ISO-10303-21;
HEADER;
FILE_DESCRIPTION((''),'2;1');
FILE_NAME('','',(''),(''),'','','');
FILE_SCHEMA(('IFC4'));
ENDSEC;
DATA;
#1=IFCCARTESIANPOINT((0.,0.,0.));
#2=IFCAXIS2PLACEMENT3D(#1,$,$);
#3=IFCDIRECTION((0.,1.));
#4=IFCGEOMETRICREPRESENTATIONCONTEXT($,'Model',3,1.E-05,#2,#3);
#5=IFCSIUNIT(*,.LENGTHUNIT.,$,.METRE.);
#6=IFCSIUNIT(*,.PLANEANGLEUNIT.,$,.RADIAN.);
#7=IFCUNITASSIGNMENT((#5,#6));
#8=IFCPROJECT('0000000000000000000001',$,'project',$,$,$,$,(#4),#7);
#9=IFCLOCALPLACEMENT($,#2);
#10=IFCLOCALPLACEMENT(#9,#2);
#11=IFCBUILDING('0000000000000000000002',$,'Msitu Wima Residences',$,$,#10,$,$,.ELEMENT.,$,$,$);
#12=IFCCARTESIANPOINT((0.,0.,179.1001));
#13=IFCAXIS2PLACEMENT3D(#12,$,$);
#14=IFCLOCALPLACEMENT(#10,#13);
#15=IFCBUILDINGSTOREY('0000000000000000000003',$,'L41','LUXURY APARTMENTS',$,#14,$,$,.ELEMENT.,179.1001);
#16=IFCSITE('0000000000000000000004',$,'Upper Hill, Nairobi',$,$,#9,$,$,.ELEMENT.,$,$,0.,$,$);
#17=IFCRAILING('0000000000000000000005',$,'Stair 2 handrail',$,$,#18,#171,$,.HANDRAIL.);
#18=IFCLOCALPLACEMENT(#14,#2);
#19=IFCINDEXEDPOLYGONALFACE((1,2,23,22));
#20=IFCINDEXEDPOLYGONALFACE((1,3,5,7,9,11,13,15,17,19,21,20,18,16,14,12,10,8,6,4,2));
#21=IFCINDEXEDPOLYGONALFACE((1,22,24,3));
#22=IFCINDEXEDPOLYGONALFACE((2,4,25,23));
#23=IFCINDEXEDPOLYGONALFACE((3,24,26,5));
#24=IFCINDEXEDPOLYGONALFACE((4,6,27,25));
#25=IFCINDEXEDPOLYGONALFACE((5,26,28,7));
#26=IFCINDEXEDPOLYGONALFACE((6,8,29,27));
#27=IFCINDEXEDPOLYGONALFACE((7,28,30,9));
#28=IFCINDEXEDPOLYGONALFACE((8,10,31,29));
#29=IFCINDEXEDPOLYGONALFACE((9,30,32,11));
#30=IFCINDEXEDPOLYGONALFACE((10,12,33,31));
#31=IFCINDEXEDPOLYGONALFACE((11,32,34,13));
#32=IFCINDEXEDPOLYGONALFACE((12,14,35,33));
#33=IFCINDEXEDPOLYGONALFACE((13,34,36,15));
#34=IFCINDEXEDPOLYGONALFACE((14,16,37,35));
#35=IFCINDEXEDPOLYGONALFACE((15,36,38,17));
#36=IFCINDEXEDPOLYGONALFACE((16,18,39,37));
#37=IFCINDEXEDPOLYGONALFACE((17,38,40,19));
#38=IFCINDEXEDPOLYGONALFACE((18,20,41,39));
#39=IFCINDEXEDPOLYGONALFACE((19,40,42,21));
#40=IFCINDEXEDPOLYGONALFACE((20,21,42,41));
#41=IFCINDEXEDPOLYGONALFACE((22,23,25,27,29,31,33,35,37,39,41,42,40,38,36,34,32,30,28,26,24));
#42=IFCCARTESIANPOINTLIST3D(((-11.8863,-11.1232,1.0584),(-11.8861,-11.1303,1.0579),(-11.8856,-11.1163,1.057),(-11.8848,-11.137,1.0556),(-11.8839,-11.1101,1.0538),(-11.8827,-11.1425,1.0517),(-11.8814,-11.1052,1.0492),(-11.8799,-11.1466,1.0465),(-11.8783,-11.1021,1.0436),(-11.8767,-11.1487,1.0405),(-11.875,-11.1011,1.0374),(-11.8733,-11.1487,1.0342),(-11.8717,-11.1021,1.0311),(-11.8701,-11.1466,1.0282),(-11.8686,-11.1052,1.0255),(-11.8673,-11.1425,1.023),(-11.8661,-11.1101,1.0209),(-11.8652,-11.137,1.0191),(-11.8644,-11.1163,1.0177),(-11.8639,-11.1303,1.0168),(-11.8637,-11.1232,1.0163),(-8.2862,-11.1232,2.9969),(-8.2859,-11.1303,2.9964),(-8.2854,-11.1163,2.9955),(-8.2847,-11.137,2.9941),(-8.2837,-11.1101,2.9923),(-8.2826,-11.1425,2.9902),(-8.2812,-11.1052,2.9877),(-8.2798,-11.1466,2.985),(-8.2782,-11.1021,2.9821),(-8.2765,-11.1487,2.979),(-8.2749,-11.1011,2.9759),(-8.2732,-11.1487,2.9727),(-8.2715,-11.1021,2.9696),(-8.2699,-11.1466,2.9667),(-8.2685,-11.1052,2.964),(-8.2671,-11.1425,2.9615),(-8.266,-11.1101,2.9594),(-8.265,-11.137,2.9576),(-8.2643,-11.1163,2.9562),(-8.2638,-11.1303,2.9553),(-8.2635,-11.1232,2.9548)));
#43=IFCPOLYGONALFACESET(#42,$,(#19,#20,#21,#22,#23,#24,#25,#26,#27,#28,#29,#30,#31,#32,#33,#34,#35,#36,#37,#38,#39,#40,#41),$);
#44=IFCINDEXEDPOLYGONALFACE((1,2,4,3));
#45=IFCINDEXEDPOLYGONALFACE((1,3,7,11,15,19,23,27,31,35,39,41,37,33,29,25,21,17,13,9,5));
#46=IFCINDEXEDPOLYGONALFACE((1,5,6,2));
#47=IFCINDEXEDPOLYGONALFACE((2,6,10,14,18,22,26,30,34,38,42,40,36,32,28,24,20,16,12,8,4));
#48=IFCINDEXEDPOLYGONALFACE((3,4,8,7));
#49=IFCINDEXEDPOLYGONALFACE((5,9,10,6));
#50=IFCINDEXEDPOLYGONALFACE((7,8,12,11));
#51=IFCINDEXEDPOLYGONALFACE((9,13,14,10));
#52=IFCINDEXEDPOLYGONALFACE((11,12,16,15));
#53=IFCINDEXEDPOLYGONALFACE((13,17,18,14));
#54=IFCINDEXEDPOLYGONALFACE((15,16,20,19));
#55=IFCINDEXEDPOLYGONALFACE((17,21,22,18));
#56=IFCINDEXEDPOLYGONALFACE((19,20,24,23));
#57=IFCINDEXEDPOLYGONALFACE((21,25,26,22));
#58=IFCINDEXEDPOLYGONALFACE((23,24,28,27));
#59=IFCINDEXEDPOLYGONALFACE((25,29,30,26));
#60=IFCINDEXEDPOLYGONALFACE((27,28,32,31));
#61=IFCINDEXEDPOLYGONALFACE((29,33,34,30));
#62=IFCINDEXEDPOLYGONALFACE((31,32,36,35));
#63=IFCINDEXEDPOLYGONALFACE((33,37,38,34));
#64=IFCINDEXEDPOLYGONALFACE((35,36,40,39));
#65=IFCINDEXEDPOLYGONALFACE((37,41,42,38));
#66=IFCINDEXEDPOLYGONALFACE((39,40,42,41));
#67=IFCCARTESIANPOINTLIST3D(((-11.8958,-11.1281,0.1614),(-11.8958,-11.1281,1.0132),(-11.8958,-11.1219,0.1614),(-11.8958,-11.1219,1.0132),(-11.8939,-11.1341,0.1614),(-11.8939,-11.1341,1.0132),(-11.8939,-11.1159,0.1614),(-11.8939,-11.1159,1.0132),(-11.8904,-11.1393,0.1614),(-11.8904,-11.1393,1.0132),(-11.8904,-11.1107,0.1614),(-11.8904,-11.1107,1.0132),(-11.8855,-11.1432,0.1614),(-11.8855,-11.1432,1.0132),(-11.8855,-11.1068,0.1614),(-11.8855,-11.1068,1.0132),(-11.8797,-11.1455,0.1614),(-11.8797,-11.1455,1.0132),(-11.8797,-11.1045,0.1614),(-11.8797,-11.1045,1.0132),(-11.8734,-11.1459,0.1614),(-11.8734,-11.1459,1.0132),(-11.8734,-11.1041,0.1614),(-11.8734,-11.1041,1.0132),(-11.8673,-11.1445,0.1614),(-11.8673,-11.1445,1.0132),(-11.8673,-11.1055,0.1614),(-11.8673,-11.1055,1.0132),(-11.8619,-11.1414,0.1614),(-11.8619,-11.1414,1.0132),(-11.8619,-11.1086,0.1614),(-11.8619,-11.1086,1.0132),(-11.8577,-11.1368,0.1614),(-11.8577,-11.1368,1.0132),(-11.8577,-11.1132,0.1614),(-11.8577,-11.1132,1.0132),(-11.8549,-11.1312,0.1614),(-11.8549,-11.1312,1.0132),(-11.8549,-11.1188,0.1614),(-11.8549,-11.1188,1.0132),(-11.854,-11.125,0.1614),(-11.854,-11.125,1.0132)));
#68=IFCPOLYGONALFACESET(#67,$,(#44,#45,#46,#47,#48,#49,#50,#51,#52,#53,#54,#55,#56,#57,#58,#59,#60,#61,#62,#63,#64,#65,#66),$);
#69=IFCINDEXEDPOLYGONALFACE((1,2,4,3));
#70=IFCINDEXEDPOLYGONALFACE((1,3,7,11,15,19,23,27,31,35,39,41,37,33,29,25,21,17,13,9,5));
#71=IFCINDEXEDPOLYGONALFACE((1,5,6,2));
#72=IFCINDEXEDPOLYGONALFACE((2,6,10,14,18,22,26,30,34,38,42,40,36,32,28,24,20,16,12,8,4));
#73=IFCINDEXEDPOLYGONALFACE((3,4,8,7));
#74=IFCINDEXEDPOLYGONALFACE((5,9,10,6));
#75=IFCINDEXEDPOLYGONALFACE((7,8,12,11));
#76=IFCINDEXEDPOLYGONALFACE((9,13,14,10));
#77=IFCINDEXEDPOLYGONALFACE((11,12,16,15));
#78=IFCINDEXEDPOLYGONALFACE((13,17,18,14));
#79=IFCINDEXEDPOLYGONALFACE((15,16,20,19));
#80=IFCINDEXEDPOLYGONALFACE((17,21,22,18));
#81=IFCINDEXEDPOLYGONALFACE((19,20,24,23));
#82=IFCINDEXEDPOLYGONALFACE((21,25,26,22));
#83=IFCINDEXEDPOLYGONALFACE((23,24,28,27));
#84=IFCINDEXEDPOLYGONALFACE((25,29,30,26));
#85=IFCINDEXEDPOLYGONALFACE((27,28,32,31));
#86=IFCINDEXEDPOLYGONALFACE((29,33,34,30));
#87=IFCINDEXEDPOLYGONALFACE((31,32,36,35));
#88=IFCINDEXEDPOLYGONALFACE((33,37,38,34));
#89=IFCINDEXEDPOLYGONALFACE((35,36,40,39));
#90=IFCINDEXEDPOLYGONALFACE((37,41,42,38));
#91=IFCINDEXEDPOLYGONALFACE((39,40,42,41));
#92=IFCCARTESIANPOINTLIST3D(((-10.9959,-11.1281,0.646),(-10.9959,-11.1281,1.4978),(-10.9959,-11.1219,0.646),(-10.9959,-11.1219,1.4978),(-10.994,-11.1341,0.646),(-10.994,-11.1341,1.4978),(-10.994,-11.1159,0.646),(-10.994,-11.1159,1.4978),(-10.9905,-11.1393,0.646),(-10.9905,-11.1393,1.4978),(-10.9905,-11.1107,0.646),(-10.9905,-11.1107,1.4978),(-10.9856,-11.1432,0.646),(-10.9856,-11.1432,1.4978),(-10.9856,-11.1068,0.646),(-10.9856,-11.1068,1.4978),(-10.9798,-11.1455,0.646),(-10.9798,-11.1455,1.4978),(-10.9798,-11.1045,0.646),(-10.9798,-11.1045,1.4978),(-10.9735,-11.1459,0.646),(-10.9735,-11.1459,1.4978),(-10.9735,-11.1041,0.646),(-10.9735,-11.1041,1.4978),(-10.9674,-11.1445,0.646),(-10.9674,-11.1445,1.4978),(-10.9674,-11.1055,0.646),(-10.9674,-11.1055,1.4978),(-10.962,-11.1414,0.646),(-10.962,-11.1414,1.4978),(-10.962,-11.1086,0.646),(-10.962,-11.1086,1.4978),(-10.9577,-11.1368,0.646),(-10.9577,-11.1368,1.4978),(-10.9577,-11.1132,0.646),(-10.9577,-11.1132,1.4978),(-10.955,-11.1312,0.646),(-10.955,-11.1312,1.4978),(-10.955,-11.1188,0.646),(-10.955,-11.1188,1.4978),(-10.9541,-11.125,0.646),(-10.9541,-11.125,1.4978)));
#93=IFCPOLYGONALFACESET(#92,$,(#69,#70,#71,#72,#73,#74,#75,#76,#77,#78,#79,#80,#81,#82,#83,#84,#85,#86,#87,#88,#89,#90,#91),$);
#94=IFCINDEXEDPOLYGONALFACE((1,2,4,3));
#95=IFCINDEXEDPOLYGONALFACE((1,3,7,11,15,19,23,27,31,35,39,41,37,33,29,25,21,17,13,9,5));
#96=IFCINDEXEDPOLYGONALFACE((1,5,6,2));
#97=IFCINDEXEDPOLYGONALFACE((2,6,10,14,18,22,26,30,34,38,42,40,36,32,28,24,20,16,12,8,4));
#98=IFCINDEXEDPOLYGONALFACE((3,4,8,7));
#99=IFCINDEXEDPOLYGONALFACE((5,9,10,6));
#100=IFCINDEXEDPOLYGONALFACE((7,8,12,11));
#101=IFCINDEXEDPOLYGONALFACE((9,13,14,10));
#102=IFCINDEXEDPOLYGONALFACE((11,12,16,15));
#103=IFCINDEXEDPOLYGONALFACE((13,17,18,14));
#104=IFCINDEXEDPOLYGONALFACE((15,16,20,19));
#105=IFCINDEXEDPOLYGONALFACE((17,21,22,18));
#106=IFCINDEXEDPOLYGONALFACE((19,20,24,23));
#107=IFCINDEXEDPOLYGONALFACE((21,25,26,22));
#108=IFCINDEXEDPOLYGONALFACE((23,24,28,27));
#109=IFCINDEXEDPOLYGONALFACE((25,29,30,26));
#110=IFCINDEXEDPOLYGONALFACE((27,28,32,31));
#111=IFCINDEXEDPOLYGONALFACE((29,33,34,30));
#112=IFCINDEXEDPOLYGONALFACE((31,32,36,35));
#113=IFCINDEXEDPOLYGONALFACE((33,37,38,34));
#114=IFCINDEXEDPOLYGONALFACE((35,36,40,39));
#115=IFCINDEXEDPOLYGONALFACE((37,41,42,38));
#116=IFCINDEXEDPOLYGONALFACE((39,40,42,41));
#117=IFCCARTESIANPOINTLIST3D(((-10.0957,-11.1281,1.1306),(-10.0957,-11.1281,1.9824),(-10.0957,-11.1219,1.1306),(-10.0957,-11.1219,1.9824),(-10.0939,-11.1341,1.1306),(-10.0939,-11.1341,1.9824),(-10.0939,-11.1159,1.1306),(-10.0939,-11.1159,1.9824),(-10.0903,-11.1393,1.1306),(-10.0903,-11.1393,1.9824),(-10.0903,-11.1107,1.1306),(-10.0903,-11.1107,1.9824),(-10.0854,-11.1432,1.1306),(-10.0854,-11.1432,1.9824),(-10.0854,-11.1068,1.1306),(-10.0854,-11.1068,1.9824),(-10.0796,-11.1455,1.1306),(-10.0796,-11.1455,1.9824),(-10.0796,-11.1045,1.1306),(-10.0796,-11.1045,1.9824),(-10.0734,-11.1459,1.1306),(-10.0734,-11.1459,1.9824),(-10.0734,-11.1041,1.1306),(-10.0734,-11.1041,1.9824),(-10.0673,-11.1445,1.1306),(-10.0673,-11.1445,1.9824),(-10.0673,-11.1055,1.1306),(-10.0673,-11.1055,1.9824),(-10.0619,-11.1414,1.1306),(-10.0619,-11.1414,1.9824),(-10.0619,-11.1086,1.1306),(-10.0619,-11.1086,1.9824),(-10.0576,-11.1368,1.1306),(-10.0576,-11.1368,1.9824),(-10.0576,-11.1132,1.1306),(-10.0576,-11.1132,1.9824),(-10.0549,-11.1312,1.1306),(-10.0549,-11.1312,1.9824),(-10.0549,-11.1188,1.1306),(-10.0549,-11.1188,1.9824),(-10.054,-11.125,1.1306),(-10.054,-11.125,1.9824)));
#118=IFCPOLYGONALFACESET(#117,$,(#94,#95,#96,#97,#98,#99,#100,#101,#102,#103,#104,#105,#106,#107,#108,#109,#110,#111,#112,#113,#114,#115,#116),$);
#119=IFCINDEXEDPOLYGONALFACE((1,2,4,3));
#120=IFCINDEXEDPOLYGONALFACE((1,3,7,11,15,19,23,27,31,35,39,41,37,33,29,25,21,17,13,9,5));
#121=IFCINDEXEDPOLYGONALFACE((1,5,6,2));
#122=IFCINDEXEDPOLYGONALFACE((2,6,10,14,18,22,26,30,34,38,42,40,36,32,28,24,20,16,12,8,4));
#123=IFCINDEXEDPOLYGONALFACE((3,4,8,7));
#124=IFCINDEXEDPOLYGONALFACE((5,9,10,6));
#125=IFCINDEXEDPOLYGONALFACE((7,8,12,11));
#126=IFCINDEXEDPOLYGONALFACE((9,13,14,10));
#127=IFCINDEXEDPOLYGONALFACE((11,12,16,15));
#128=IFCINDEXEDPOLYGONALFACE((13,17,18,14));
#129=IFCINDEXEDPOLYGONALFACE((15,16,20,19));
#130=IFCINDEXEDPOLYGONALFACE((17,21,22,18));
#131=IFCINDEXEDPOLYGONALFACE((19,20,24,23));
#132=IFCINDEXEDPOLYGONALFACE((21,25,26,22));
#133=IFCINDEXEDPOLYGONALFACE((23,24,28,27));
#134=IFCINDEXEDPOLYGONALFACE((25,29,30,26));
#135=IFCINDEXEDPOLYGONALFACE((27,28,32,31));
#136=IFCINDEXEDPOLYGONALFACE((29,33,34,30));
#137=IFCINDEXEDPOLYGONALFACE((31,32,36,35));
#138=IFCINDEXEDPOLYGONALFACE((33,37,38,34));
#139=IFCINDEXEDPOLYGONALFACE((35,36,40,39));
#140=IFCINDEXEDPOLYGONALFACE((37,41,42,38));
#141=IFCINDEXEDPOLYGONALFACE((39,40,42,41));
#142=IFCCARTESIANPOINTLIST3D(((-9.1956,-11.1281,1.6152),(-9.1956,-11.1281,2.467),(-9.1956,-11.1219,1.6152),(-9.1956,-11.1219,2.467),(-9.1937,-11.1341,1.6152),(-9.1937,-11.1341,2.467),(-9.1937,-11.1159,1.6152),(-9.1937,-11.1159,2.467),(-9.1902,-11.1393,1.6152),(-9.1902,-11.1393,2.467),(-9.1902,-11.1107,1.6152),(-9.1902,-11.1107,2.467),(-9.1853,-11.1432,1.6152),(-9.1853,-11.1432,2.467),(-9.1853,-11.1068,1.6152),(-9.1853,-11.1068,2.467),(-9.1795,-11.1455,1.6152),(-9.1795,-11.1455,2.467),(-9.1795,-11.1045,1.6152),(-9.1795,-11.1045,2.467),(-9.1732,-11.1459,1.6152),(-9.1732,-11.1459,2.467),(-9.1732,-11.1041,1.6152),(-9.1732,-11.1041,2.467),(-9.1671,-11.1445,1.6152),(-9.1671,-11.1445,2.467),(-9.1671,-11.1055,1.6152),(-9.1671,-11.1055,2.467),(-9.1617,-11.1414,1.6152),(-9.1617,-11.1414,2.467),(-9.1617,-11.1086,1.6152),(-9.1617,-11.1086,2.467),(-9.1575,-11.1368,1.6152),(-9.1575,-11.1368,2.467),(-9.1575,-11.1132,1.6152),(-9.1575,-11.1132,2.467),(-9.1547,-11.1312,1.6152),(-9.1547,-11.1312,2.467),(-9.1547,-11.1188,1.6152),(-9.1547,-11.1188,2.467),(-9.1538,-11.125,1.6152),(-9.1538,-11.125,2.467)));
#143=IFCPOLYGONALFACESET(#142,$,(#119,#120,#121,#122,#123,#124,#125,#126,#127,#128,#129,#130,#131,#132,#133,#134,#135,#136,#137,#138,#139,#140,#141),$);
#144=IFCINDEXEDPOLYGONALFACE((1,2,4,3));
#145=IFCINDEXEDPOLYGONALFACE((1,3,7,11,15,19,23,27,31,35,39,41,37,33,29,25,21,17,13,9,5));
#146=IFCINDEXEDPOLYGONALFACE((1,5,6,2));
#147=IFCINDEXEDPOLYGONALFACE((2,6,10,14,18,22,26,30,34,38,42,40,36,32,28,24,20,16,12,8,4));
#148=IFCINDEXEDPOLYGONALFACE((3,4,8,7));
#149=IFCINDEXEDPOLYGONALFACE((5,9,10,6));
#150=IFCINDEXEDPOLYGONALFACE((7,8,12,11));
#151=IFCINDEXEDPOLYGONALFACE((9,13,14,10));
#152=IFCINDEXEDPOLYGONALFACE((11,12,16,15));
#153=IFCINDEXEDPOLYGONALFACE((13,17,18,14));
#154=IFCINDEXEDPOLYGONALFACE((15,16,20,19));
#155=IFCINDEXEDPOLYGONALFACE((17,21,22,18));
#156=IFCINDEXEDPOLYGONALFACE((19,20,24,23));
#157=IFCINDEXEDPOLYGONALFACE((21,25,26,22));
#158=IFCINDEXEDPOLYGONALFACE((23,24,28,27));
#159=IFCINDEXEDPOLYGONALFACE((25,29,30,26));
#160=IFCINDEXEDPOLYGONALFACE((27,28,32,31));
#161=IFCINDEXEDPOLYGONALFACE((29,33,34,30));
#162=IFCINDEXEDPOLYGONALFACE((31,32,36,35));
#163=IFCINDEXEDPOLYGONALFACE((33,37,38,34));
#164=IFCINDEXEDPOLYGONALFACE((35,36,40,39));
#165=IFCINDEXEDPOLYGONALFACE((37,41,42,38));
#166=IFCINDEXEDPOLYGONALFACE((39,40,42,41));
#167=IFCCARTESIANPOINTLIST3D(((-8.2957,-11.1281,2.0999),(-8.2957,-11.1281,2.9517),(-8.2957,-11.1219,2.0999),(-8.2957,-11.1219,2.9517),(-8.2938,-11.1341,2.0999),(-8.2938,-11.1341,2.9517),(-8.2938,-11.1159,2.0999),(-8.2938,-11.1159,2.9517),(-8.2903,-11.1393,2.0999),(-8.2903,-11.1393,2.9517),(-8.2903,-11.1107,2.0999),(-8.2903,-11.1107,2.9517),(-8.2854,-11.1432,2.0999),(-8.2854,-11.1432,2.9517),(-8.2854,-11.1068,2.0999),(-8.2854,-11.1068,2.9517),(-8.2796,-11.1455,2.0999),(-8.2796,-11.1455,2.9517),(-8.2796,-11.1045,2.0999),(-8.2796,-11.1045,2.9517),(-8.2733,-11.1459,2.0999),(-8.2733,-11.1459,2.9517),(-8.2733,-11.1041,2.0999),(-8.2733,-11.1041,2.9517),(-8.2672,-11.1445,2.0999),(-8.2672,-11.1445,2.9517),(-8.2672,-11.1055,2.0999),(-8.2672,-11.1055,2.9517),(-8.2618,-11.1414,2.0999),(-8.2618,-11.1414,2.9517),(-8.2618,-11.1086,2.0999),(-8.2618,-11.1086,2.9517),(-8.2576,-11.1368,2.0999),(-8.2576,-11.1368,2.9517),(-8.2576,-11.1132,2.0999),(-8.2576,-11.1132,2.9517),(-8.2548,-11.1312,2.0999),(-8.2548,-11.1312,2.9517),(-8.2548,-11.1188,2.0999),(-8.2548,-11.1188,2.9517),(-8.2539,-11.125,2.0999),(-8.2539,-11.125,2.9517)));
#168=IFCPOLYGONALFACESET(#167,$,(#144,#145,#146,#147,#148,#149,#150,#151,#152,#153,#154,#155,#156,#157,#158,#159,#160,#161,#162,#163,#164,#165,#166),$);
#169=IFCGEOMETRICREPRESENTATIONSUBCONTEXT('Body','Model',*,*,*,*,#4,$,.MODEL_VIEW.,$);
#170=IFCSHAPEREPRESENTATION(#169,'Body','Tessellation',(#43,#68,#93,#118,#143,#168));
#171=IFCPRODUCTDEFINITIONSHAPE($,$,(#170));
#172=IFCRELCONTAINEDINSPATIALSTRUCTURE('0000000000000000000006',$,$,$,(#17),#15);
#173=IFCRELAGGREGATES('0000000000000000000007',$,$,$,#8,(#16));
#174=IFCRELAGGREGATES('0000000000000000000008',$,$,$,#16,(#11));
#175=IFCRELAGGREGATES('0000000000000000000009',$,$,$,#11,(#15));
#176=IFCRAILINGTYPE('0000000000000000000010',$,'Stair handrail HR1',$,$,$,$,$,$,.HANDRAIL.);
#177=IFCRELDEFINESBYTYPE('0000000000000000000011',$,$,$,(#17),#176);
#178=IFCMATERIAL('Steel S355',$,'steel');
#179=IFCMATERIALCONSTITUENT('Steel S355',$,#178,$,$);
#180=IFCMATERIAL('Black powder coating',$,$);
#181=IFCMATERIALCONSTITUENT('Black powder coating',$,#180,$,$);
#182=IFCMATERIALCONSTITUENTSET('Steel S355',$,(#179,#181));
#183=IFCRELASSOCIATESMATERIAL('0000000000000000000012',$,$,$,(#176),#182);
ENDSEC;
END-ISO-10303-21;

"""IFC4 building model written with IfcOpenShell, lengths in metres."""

from ifc_helpers import new_model, si_unit, direction, frame, origin, origin_2d, place, context, subcontext, project, spatial, circle, extrude, material, constituent, constituent_set, type_object, element, save


model = new_model("IFC4")

# Units and contexts
model_context = context("Model", 3, precision=1e-05, world=origin(), true_north=direction((0.0, 1.0)))
body_context = subcontext(model_context, "Body", "Model", "MODEL_VIEW")
ifc_project = project(units=[si_unit("LENGTHUNIT", "METRE"), si_unit("PLANEANGLEUNIT", "RADIAN")], contexts=[model_context])

# Site, building, storey
site_placement = place(None, origin())
site = spatial("IfcSite", under=ifc_project, at=site_placement, Name="Upper Hill, Nairobi", CompositionType="ELEMENT", RefElevation=0.0)
building_placement = place(site_placement, origin())
building = spatial("IfcBuilding", under=site, at=building_placement, Name="Msitu Wima Residences", CompositionType="ELEMENT")
storey_placement = place(building_placement, frame((0.0, 0.0, 179.1001)))
storey = spatial("IfcBuildingStorey", under=building, at=storey_placement, Name="L41", Description="LUXURY APARTMENTS", CompositionType="ELEMENT", Elevation=179.1001)

# Railing
ifc_material_1 = material(Name="Steel S355", Category="steel")
ifc_constituent_1 = constituent(ifc_material_1, Name="Steel S355")
ifc_material_2 = material(Name="Black powder coating")
ifc_constituent_2 = constituent(ifc_material_2, Name="Black powder coating")
ifc_constituent_set = constituent_set(constituents=[ifc_constituent_1, ifc_constituent_2], Name="Steel S355")
railing_type = type_object("IfcRailingType", Name="Stair handrail HR1", PredefinedType="HANDRAIL", material=ifc_constituent_set)
for number, where, name in (
    (1, (-11.875, -11.125, 0.1614), "Stair 2 handrail"),
):
    element("IfcRailing", number, at=place(storey_placement, frame(where)), inside=storey, type_object=railing_type, Name=name, PredefinedType="HANDRAIL", context=body_context, shape_type="SweptSolid", body=[
        extrude(circle(Radius=0.0239, at=origin_2d()), frame((0.0, 0.0, 0.876), z_axis=(0.880475, 0.0, 0.474093), x_axis=(0.0, 1.0, 0.0)), (0.0, 0.0, 1.0), 4.0889),
        extrude(circle(Radius=0.021, at=origin_2d()), origin(), (0.0, 0.0, 1.0), 0.8518),
        extrude(circle(Radius=0.021, at=origin_2d()), frame((0.8999, 0.0, 0.4846)), (0.0, 0.0, 1.0), 0.8518),
        extrude(circle(Radius=0.021, at=origin_2d()), frame((1.8, 0.0, 0.9692)), (0.0, 0.0, 1.0), 0.8518),
        extrude(circle(Radius=0.021, at=origin_2d()), frame((2.7002, 0.0, 1.4539)), (0.0, 0.0, 1.0), 0.8518),
        extrude(circle(Radius=0.021, at=origin_2d()), frame((3.6001, 0.0, 1.9385)), (0.0, 0.0, 1.0), 0.8518),
    ])

save(model, "model.ifc")
